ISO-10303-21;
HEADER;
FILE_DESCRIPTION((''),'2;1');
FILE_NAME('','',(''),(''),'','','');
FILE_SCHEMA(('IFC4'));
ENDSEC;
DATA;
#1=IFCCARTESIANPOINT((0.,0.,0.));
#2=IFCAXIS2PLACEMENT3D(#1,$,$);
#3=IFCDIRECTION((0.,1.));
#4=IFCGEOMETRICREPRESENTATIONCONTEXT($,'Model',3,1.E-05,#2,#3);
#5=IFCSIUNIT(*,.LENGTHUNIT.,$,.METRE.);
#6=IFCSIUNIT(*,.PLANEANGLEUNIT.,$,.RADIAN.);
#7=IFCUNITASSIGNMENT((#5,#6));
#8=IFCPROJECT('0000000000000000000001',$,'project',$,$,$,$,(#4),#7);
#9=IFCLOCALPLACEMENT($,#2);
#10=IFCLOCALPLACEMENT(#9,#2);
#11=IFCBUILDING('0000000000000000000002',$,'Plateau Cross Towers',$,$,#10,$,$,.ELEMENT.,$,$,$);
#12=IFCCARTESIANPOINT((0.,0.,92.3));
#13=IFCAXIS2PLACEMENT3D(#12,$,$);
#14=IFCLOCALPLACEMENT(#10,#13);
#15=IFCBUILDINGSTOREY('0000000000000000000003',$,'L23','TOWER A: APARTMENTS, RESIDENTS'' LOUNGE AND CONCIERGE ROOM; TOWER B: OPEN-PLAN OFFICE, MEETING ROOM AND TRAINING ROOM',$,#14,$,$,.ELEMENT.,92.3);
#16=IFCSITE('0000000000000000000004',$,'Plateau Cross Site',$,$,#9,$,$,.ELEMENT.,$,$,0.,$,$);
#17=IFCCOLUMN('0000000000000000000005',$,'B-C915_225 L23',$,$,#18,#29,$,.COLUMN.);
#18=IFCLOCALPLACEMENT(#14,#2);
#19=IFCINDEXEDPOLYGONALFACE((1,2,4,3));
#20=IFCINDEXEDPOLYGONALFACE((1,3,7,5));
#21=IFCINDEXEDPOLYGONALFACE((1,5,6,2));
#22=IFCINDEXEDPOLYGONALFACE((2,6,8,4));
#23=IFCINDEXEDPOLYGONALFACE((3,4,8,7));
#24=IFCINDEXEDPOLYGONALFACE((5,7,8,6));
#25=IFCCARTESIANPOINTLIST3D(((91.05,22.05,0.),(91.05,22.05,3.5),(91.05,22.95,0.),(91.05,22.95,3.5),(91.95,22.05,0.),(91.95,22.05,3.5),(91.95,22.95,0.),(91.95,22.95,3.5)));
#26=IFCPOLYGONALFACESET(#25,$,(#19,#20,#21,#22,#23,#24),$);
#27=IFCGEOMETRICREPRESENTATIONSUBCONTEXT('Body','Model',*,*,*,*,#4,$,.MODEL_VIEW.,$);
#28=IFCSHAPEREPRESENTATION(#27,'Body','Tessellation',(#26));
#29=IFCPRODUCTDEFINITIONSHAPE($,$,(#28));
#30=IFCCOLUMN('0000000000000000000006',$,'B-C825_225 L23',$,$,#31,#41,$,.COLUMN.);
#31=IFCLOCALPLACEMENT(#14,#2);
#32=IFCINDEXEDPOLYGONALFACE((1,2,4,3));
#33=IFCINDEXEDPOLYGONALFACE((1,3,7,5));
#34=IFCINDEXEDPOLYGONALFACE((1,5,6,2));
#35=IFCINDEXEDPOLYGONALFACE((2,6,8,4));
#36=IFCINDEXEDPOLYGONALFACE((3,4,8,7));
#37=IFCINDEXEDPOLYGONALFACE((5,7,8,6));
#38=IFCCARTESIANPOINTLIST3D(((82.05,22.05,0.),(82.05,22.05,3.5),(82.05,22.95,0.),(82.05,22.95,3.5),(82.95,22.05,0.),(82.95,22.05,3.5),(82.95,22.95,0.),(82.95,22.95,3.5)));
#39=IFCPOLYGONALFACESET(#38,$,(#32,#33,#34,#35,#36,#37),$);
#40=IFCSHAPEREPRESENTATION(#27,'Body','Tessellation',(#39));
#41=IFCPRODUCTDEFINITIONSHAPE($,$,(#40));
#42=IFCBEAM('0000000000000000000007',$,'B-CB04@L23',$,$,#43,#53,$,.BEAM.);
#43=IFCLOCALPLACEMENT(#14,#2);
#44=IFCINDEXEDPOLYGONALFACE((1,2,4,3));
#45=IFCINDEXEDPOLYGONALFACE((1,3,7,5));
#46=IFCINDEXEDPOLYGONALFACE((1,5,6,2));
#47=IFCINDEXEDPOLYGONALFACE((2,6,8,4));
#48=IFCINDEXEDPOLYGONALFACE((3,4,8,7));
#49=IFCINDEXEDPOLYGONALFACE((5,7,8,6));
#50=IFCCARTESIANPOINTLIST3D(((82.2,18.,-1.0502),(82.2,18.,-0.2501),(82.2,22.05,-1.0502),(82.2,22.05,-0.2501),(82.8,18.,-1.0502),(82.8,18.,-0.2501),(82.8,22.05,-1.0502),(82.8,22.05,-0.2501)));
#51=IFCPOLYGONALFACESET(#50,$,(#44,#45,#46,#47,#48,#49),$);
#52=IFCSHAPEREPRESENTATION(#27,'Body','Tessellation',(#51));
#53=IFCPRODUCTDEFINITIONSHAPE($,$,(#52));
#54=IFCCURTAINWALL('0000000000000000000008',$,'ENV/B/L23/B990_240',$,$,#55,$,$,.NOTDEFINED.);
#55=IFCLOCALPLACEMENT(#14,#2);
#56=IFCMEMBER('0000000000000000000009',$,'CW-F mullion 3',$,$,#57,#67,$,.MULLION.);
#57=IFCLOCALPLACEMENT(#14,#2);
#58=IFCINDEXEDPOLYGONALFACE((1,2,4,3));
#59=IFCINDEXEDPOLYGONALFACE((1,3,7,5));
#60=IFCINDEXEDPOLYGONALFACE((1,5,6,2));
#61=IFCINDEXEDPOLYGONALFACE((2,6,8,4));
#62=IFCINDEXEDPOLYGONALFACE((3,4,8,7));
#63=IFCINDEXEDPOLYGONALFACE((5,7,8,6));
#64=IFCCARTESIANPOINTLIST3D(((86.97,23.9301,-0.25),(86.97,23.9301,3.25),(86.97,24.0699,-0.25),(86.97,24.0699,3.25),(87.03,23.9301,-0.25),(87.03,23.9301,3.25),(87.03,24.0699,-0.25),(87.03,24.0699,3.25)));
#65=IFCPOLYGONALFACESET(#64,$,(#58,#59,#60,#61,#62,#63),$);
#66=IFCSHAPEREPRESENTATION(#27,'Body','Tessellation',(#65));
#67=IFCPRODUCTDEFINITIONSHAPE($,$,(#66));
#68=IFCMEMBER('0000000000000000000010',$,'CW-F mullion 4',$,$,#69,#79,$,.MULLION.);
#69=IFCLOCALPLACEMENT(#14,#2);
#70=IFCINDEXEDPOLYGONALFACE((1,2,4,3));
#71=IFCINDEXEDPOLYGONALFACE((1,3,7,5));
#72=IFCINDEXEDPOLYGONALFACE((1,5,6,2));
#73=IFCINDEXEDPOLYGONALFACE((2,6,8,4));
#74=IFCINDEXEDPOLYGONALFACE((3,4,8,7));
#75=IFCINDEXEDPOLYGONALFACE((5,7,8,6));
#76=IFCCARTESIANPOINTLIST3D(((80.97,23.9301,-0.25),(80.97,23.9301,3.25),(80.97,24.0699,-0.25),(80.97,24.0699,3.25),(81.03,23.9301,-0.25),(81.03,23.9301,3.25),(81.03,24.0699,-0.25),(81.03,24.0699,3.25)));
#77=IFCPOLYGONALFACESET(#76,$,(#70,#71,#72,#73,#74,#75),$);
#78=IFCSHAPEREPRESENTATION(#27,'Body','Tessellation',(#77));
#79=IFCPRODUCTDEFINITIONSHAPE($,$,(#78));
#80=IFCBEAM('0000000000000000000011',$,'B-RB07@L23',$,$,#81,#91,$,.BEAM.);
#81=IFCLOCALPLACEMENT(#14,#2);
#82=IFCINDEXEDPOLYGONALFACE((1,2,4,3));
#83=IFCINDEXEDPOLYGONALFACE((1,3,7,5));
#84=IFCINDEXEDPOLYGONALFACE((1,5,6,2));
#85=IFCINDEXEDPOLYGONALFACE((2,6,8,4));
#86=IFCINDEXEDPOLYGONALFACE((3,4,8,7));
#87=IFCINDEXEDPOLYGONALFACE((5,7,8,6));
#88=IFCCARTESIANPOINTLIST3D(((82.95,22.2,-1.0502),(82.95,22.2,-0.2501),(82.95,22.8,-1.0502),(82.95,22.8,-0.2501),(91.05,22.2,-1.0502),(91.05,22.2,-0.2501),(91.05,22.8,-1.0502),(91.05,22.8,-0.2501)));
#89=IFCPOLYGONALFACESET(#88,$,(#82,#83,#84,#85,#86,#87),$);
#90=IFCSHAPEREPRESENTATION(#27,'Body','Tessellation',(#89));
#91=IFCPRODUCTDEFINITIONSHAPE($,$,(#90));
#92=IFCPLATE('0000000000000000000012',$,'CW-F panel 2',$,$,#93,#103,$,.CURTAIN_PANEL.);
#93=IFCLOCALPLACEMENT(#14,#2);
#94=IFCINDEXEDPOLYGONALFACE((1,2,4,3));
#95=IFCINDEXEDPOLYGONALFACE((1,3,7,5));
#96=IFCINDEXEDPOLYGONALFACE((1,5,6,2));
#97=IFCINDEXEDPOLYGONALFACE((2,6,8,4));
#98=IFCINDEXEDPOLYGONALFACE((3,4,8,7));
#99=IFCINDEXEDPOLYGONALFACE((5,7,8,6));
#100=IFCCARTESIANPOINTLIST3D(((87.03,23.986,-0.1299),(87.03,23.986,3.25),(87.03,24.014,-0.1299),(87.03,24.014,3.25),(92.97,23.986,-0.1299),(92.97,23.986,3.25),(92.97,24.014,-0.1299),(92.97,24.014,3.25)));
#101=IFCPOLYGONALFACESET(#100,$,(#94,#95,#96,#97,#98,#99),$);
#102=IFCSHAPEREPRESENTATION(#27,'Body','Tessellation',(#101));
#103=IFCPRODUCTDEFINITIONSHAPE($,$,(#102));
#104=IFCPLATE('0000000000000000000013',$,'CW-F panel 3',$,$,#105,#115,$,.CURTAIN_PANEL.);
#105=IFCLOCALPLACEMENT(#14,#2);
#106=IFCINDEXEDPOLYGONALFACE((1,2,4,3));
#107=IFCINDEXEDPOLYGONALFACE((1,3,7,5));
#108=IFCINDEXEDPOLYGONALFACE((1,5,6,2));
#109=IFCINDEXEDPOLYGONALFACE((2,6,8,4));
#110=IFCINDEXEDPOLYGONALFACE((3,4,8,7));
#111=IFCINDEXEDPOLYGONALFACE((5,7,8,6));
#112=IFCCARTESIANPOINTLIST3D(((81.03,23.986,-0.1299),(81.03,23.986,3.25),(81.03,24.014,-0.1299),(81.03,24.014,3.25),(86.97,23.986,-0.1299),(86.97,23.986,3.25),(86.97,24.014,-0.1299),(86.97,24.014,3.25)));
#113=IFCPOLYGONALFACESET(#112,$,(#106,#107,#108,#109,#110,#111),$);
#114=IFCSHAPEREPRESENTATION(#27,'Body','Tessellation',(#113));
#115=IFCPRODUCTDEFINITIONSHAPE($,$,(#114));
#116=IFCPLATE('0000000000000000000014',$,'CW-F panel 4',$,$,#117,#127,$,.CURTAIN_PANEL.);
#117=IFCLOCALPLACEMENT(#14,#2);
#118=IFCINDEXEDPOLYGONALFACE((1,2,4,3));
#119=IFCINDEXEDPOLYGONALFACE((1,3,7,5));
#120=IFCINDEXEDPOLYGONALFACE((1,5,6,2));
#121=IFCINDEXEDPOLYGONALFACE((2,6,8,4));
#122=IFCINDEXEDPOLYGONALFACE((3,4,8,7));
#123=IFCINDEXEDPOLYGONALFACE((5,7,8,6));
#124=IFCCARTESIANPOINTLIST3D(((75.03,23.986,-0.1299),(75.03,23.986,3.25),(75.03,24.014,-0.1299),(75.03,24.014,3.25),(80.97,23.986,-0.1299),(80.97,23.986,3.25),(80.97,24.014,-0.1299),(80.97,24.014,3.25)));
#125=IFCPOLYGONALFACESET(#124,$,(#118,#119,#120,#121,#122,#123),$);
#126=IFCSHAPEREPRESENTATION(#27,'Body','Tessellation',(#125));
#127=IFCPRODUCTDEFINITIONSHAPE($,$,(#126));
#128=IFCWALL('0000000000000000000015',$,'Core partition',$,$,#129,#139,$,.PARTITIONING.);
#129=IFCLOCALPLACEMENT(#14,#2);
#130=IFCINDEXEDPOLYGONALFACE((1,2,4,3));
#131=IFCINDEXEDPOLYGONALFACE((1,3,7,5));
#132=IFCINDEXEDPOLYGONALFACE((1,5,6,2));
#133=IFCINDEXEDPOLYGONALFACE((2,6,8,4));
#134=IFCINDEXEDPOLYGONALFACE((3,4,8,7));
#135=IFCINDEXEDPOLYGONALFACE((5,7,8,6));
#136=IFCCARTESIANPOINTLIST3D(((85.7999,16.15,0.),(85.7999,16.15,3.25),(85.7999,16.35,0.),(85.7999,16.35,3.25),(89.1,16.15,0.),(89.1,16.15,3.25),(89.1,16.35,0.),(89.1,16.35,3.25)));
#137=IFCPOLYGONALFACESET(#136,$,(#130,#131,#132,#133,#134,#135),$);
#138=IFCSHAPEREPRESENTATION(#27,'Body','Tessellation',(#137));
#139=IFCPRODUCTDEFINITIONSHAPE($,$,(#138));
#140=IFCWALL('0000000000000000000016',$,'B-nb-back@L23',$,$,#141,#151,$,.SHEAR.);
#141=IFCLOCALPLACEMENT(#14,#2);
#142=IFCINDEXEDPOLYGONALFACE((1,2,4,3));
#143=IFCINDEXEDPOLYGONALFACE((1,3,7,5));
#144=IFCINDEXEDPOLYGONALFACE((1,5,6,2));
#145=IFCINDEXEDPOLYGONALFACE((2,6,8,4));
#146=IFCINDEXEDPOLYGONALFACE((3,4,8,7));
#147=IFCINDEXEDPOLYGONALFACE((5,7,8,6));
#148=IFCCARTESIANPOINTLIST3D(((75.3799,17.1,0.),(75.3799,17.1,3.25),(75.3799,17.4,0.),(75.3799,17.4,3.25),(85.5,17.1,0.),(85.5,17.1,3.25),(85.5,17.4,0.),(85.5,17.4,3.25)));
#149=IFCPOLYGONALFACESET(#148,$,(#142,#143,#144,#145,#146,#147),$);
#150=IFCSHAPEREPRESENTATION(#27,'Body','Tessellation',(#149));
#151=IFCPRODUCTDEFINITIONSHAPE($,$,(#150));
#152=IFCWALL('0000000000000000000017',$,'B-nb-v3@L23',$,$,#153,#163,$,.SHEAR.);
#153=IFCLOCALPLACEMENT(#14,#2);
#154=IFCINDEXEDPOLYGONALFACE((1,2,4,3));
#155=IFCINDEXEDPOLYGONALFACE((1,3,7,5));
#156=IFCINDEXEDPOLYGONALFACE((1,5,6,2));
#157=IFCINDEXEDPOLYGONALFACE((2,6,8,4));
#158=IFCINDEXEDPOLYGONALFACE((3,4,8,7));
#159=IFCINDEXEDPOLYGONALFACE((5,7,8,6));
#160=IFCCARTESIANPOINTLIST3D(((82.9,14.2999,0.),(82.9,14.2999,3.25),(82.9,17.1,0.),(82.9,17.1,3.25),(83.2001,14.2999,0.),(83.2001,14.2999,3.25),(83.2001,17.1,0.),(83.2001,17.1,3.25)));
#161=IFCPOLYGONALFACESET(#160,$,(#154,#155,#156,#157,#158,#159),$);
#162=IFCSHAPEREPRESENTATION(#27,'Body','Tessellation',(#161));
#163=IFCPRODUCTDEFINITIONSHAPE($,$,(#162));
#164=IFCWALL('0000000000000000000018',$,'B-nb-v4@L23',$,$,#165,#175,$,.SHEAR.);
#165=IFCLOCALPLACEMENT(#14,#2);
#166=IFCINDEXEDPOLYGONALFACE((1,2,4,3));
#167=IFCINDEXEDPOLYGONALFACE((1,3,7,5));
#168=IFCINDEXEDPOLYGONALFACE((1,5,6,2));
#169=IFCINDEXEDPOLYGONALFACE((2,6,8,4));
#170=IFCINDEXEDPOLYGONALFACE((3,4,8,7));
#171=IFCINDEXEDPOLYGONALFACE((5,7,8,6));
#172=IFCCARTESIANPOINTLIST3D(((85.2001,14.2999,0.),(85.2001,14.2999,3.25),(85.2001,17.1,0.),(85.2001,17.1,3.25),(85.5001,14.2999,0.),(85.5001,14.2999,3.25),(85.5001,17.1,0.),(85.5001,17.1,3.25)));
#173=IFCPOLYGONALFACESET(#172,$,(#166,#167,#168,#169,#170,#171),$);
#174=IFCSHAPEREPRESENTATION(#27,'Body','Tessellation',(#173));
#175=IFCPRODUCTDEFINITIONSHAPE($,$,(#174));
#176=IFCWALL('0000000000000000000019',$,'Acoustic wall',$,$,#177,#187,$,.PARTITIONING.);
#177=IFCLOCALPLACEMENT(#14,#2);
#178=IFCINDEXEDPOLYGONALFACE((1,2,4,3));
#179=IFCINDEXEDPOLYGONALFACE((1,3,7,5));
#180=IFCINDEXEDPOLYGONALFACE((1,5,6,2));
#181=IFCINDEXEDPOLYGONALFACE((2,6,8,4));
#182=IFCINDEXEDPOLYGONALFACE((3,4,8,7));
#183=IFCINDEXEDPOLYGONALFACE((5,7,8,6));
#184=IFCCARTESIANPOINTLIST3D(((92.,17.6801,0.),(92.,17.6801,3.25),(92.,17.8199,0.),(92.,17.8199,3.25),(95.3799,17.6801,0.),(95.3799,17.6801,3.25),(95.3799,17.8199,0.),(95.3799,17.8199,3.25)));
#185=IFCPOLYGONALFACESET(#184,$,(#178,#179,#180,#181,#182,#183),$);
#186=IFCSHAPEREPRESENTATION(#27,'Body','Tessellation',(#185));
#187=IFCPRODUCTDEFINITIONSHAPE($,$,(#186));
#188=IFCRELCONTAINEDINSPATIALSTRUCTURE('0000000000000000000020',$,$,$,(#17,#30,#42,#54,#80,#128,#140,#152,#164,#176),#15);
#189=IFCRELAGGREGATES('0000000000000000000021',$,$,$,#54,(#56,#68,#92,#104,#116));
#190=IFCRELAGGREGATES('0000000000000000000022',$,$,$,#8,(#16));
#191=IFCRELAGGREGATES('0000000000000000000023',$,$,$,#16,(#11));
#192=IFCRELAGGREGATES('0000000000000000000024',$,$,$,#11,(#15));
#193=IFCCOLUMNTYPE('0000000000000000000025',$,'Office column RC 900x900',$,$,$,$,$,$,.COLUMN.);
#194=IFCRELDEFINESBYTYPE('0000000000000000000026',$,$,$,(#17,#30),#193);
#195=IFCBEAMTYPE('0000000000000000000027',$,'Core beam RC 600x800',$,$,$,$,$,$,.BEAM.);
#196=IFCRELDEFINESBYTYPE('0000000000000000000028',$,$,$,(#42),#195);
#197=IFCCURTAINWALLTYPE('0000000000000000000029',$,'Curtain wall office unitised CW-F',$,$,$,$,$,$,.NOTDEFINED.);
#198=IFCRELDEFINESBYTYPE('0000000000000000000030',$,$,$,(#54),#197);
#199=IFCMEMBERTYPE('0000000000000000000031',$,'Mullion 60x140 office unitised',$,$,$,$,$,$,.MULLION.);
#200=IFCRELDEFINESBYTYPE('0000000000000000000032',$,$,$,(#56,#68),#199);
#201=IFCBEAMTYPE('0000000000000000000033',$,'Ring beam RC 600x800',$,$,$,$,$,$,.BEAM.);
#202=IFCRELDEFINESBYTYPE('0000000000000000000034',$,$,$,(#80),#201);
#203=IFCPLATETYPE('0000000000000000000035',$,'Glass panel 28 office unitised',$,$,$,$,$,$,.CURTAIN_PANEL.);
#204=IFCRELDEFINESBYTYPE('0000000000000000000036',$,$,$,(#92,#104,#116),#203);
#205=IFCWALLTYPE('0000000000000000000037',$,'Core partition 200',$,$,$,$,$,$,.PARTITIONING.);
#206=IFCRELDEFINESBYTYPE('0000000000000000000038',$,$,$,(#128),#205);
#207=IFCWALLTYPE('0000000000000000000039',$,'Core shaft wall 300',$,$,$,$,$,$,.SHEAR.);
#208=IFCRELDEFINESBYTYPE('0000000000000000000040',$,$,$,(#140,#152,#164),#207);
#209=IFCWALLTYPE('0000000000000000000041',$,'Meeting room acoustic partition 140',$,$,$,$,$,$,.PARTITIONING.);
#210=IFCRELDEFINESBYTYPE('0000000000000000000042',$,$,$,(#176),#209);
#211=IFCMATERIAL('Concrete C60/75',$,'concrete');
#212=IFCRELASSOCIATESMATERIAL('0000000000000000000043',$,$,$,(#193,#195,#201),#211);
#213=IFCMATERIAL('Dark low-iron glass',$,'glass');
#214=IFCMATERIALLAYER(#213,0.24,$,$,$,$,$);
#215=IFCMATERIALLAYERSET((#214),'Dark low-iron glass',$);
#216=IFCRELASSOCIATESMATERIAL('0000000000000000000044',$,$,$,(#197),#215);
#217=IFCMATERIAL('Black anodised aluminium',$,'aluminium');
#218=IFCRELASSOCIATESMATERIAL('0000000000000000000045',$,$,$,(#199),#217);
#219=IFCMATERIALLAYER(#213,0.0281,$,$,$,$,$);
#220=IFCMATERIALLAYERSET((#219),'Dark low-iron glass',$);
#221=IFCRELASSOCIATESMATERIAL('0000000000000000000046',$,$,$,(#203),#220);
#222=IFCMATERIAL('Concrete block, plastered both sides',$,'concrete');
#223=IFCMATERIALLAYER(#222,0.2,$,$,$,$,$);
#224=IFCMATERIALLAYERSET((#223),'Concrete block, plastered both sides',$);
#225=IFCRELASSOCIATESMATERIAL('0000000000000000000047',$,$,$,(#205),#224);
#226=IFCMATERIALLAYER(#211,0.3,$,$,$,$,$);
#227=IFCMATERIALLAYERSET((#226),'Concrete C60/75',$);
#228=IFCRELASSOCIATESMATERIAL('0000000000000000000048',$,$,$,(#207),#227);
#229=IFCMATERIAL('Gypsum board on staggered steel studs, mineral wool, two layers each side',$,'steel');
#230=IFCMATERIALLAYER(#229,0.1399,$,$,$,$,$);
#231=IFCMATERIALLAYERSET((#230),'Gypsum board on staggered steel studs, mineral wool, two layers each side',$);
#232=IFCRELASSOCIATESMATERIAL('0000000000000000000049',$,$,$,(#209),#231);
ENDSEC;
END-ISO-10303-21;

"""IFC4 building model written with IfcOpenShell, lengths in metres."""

from ifc_helpers import new_model, si_unit, direction, frame, frame_2d, origin, origin_2d, place, context, subcontext, project, spatial, rectangle, extrude, material, layer, layer_set, material_profile, profile_set, type_object, element, aggregate, save


model = new_model("IFC4")

# Units and contexts
model_context = context("Model", 3, precision=1e-05, world=origin(), true_north=direction((0.0, 1.0)))
body_context = subcontext(model_context, "Body", "Model", "MODEL_VIEW")
ifc_project = project(units=[si_unit("LENGTHUNIT", "METRE"), si_unit("PLANEANGLEUNIT", "RADIAN")], contexts=[model_context])

# Site, building, storey
site_placement = place(None, origin())
site = spatial("IfcSite", under=ifc_project, at=site_placement, Name="Plateau Cross Site", CompositionType="ELEMENT", RefElevation=0.0)
building_placement = place(site_placement, origin())
building = spatial("IfcBuilding", under=site, at=building_placement, Name="Plateau Cross Towers", CompositionType="ELEMENT")
storey_placement = place(building_placement, frame((0.0, 0.0, 92.3)))
storey = spatial("IfcBuildingStorey", under=building, at=storey_placement, Name="L23", Description="TOWER A: APARTMENTS, RESIDENTS' LOUNGE AND CONCIERGE ROOM; TOWER B: OPEN-PLAN OFFICE, MEETING ROOM AND TRAINING ROOM", CompositionType="ELEMENT", Elevation=92.3)

# Columns
ifc_material_1 = material(Name="Concrete C60/75", Category="concrete")
ifc_material_profile_1 = material_profile(ifc_material_1, rectangle(XDim=0.8999, YDim=0.8999, at=origin_2d()), Name="RC 900x900")
ifc_profile_set_1 = profile_set([ifc_material_profile_1], Name="Concrete C60/75")
column_type = type_object("IfcColumnType", Name="Office column RC 900x900", PredefinedType="COLUMN", material=ifc_profile_set_1)
for number, where, z_axis, x_axis, name in (
    (1, (91.5, 22.5, 0.0), (0.0, 0.0, 1.0), (1.0, 0.0, 0.0), "B-C915_225 L23"),
    (2, (82.5, 22.5, 0.0), (0.0, 0.0, 1.0), (1.0, 0.0, 0.0), "B-C825_225 L23"),
):
    element("IfcColumn", number, at=place(storey_placement, frame(where, z_axis=z_axis, x_axis=x_axis)), inside=storey, type_object=column_type, Name=name, PredefinedType="COLUMN", context=body_context, shape_type="SweptSolid", body=[
        extrude(rectangle(XDim=0.8999, YDim=0.8999, at=origin_2d()), origin(), (0.0, 0.0, 1.0), 3.5),
    ])

# Beam
ifc_material_profile_2 = material_profile(ifc_material_1, rectangle(XDim=0.6001, YDim=0.8, at=origin_2d()), Name="RC 600x800")
ifc_profile_set_2 = profile_set([ifc_material_profile_2], Name="Concrete C60/75")
beam_type_1 = type_object("IfcBeamType", Name="Core beam RC 600x800", PredefinedType="BEAM", material=ifc_profile_set_2)
beam_1_placement = place(storey_placement, frame((82.5, 18.0, -0.6501), z_axis=(0.0, 1.0, 0.0), x_axis=(-1.0, 0.0, 0.0)))
element("IfcBeam", 3, at=beam_1_placement, inside=storey, type_object=beam_type_1, Name="B-CB04@L23", PredefinedType="BEAM", context=body_context, shape_type="SweptSolid", body=[
    extrude(rectangle(XDim=0.6001, YDim=0.8, at=origin_2d()), origin(), (0.0, 0.0, 1.0), 4.05),
])

# Curtain wall, members
ifc_material_2 = material(Name="Dark low-iron glass", Category="glass")
ifc_layer_1 = layer(ifc_material_2, 0.24)
ifc_layer_set_1 = layer_set([ifc_layer_1], Name="Dark low-iron glass")
curtain_wall_type = type_object("IfcCurtainWallType", Name="Curtain wall office unitised CW-F", PredefinedType="NOTDEFINED", material=ifc_layer_set_1)
curtain_wall_placement = place(storey_placement, origin())
curtain_wall = element("IfcCurtainWall", 4, at=curtain_wall_placement, inside=storey, type_object=curtain_wall_type, Name="ENV/B/L23/B990_240", PredefinedType="NOTDEFINED")
ifc_material_3 = material(Name="Black anodised aluminium", Category="aluminium")
ifc_material_profile_3 = material_profile(ifc_material_3, rectangle(XDim=0.0601, YDim=0.1399, at=origin_2d()), Name="MULLION 60x140")
ifc_profile_set_3 = profile_set([ifc_material_profile_3], Name="Black anodised aluminium")
member_type = type_object("IfcMemberType", Name="Mullion 60x140 office unitised", PredefinedType="MULLION", material=ifc_profile_set_3)
member_1_placement = place(storey_placement, frame((87.0, 24.0, -0.25), z_axis=(0.0, 0.0, 1.0), x_axis=(-1.0, 0.0, 0.0)))
member_1 = element("IfcMember", 5, at=member_1_placement, type_object=member_type, Name="CW-F mullion 3", PredefinedType="MULLION", context=body_context, shape_type="SweptSolid", body=[
    extrude(rectangle(XDim=0.0601, YDim=0.1399, at=origin_2d()), origin(), (0.0, 0.0, 1.0), 3.5),
])
member_2_placement = place(storey_placement, frame((81.0, 24.0, -0.25), z_axis=(0.0, 0.0, 1.0), x_axis=(-1.0, 0.0, 0.0)))
member_2 = element("IfcMember", 6, at=member_2_placement, type_object=member_type, Name="CW-F mullion 4", PredefinedType="MULLION", context=body_context, shape_type="SweptSolid", body=[
    extrude(rectangle(XDim=0.0601, YDim=0.1399, at=origin_2d()), origin(), (0.0, 0.0, 1.0), 3.5),
])

# Beam
ifc_material_profile_4 = material_profile(ifc_material_1, rectangle(XDim=0.6001, YDim=0.8, at=origin_2d()), Name="RC 600x800")
ifc_profile_set_4 = profile_set([ifc_material_profile_4], Name="Concrete C60/75")
beam_type_2 = type_object("IfcBeamType", Name="Ring beam RC 600x800", PredefinedType="BEAM", material=ifc_profile_set_4)
beam_2_placement = place(storey_placement, frame((91.05, 22.5, -0.6501), z_axis=(-1.0, 0.0, 0.0), x_axis=(0.0, -1.0, 0.0)))
element("IfcBeam", 7, at=beam_2_placement, inside=storey, type_object=beam_type_2, Name="B-RB07@L23", PredefinedType="BEAM", context=body_context, shape_type="SweptSolid", body=[
    extrude(rectangle(XDim=0.6001, YDim=0.8, at=origin_2d()), origin(), (0.0, 0.0, 1.0), 8.1001),
])

# Plates
ifc_layer_2 = layer(ifc_material_2, 0.0281)
ifc_layer_set_2 = layer_set([ifc_layer_2], Name="Dark low-iron glass")
plate_type = type_object("IfcPlateType", Name="Glass panel 28 office unitised", PredefinedType="CURTAIN_PANEL", material=ifc_layer_set_2)
plate_1_placement = place(storey_placement, frame((90.0, 24.0, -0.1299), z_axis=(0.0, 0.0, 1.0), x_axis=(-1.0, 0.0, 0.0)))
plate_1 = element("IfcPlate", 8, at=plate_1_placement, type_object=plate_type, Name="CW-F panel 2", PredefinedType="CURTAIN_PANEL", context=body_context, shape_type="SweptSolid", body=[
    extrude(rectangle(XDim=5.9399, YDim=0.0281, at=origin_2d()), origin(), (0.0, 0.0, 1.0), 3.3799),
])
plate_2_placement = place(storey_placement, frame((84.0, 24.0, -0.1299), z_axis=(0.0, 0.0, 1.0), x_axis=(-1.0, 0.0, 0.0)))
plate_2 = element("IfcPlate", 9, at=plate_2_placement, type_object=plate_type, Name="CW-F panel 3", PredefinedType="CURTAIN_PANEL", context=body_context, shape_type="SweptSolid", body=[
    extrude(rectangle(XDim=5.9399, YDim=0.0281, at=origin_2d()), origin(), (0.0, 0.0, 1.0), 3.3799),
])
plate_3_placement = place(storey_placement, frame((78.0, 24.0, -0.1299), z_axis=(0.0, 0.0, 1.0), x_axis=(-1.0, 0.0, 0.0)))
plate_3 = element("IfcPlate", 10, at=plate_3_placement, type_object=plate_type, Name="CW-F panel 4", PredefinedType="CURTAIN_PANEL", context=body_context, shape_type="SweptSolid", body=[
    extrude(rectangle(XDim=5.9399, YDim=0.0281, at=origin_2d()), origin(), (0.0, 0.0, 1.0), 3.3799),
])
aggregate(curtain_wall, [member_1, member_2, plate_1, plate_2, plate_3])

# Walls
ifc_material_4 = material(Name="Concrete block, plastered both sides", Category="concrete")
ifc_layer_3 = layer(ifc_material_4, 0.2)
ifc_layer_set_3 = layer_set([ifc_layer_3], Name="Concrete block, plastered both sides")
wall_type_1 = type_object("IfcWallType", Name="Core partition 200", PredefinedType="PARTITIONING", material=ifc_layer_set_3)
wall_1_placement = place(storey_placement, frame((85.8, 16.25, 0.0), z_axis=(0.0, 0.0, 1.0), x_axis=(1.0, 0.0, 0.0)))
element("IfcWall", 11, at=wall_1_placement, inside=storey, type_object=wall_type_1, Name="Core partition", PredefinedType="PARTITIONING", context=body_context, shape_type="SweptSolid", body=[
    extrude(rectangle(XDim=3.3, YDim=0.2, at=frame_2d((1.6499, 0.0))), origin(), (0.0, 0.0, 1.0), 3.25),
])
ifc_layer_4 = layer(ifc_material_1, 0.3)
ifc_layer_set_4 = layer_set([ifc_layer_4], Name="Concrete C60/75")
wall_type_2 = type_object("IfcWallType", Name="Core shaft wall 300", PredefinedType="SHEAR", material=ifc_layer_set_4)
wall_2_placement = place(storey_placement, frame((75.3799, 17.25, 0.0), z_axis=(0.0, 0.0, 1.0), x_axis=(1.0, 0.0, 0.0)))
element("IfcWall", 12, at=wall_2_placement, inside=storey, type_object=wall_type_2, Name="B-nb-back@L23", PredefinedType="SHEAR", context=body_context, shape_type="SweptSolid", body=[
    extrude(rectangle(XDim=10.1201, YDim=0.3, at=frame_2d((5.0601, 0.0))), origin(), (0.0, 0.0, 1.0), 3.25),
])
for number, where, z_axis, x_axis, name in (
    (13, (83.05, 14.3, 0.0), (0.0, 0.0, 1.0), (0.0, 1.0, 0.0), "B-nb-v3@L23"),
    (14, (85.3501, 14.3, 0.0), (0.0, 0.0, 1.0), (0.0, 1.0, 0.0), "B-nb-v4@L23"),
):
    element("IfcWall", number, at=place(storey_placement, frame(where, z_axis=z_axis, x_axis=x_axis)), inside=storey, type_object=wall_type_2, Name=name, PredefinedType="SHEAR", context=body_context, shape_type="SweptSolid", body=[
        extrude(rectangle(XDim=2.8, YDim=0.3, at=frame_2d((1.3999, 0.0))), origin(), (0.0, 0.0, 1.0), 3.25),
    ])
ifc_material_5 = material(Name="Gypsum board on staggered steel studs, mineral wool, two layers each side", Category="steel")
ifc_layer_5 = layer(ifc_material_5, 0.1399)
ifc_layer_set_5 = layer_set([ifc_layer_5], Name="Gypsum board on staggered steel studs, mineral wool, two layers each side")
wall_type_3 = type_object("IfcWallType", Name="Meeting room acoustic partition 140", PredefinedType="PARTITIONING", material=ifc_layer_set_5)
wall_3_placement = place(storey_placement, frame((92.0, 17.75, 0.0), z_axis=(0.0, 0.0, 1.0), x_axis=(1.0, 0.0, 0.0)))
element("IfcWall", 15, at=wall_3_placement, inside=storey, type_object=wall_type_3, Name="Acoustic wall", PredefinedType="PARTITIONING", context=body_context, shape_type="SweptSolid", body=[
    extrude(rectangle(XDim=3.3799, YDim=0.1399, at=frame_2d((1.6899, 0.0))), origin(), (0.0, 0.0, 1.0), 3.25),
])

save(model, "model.ifc")
